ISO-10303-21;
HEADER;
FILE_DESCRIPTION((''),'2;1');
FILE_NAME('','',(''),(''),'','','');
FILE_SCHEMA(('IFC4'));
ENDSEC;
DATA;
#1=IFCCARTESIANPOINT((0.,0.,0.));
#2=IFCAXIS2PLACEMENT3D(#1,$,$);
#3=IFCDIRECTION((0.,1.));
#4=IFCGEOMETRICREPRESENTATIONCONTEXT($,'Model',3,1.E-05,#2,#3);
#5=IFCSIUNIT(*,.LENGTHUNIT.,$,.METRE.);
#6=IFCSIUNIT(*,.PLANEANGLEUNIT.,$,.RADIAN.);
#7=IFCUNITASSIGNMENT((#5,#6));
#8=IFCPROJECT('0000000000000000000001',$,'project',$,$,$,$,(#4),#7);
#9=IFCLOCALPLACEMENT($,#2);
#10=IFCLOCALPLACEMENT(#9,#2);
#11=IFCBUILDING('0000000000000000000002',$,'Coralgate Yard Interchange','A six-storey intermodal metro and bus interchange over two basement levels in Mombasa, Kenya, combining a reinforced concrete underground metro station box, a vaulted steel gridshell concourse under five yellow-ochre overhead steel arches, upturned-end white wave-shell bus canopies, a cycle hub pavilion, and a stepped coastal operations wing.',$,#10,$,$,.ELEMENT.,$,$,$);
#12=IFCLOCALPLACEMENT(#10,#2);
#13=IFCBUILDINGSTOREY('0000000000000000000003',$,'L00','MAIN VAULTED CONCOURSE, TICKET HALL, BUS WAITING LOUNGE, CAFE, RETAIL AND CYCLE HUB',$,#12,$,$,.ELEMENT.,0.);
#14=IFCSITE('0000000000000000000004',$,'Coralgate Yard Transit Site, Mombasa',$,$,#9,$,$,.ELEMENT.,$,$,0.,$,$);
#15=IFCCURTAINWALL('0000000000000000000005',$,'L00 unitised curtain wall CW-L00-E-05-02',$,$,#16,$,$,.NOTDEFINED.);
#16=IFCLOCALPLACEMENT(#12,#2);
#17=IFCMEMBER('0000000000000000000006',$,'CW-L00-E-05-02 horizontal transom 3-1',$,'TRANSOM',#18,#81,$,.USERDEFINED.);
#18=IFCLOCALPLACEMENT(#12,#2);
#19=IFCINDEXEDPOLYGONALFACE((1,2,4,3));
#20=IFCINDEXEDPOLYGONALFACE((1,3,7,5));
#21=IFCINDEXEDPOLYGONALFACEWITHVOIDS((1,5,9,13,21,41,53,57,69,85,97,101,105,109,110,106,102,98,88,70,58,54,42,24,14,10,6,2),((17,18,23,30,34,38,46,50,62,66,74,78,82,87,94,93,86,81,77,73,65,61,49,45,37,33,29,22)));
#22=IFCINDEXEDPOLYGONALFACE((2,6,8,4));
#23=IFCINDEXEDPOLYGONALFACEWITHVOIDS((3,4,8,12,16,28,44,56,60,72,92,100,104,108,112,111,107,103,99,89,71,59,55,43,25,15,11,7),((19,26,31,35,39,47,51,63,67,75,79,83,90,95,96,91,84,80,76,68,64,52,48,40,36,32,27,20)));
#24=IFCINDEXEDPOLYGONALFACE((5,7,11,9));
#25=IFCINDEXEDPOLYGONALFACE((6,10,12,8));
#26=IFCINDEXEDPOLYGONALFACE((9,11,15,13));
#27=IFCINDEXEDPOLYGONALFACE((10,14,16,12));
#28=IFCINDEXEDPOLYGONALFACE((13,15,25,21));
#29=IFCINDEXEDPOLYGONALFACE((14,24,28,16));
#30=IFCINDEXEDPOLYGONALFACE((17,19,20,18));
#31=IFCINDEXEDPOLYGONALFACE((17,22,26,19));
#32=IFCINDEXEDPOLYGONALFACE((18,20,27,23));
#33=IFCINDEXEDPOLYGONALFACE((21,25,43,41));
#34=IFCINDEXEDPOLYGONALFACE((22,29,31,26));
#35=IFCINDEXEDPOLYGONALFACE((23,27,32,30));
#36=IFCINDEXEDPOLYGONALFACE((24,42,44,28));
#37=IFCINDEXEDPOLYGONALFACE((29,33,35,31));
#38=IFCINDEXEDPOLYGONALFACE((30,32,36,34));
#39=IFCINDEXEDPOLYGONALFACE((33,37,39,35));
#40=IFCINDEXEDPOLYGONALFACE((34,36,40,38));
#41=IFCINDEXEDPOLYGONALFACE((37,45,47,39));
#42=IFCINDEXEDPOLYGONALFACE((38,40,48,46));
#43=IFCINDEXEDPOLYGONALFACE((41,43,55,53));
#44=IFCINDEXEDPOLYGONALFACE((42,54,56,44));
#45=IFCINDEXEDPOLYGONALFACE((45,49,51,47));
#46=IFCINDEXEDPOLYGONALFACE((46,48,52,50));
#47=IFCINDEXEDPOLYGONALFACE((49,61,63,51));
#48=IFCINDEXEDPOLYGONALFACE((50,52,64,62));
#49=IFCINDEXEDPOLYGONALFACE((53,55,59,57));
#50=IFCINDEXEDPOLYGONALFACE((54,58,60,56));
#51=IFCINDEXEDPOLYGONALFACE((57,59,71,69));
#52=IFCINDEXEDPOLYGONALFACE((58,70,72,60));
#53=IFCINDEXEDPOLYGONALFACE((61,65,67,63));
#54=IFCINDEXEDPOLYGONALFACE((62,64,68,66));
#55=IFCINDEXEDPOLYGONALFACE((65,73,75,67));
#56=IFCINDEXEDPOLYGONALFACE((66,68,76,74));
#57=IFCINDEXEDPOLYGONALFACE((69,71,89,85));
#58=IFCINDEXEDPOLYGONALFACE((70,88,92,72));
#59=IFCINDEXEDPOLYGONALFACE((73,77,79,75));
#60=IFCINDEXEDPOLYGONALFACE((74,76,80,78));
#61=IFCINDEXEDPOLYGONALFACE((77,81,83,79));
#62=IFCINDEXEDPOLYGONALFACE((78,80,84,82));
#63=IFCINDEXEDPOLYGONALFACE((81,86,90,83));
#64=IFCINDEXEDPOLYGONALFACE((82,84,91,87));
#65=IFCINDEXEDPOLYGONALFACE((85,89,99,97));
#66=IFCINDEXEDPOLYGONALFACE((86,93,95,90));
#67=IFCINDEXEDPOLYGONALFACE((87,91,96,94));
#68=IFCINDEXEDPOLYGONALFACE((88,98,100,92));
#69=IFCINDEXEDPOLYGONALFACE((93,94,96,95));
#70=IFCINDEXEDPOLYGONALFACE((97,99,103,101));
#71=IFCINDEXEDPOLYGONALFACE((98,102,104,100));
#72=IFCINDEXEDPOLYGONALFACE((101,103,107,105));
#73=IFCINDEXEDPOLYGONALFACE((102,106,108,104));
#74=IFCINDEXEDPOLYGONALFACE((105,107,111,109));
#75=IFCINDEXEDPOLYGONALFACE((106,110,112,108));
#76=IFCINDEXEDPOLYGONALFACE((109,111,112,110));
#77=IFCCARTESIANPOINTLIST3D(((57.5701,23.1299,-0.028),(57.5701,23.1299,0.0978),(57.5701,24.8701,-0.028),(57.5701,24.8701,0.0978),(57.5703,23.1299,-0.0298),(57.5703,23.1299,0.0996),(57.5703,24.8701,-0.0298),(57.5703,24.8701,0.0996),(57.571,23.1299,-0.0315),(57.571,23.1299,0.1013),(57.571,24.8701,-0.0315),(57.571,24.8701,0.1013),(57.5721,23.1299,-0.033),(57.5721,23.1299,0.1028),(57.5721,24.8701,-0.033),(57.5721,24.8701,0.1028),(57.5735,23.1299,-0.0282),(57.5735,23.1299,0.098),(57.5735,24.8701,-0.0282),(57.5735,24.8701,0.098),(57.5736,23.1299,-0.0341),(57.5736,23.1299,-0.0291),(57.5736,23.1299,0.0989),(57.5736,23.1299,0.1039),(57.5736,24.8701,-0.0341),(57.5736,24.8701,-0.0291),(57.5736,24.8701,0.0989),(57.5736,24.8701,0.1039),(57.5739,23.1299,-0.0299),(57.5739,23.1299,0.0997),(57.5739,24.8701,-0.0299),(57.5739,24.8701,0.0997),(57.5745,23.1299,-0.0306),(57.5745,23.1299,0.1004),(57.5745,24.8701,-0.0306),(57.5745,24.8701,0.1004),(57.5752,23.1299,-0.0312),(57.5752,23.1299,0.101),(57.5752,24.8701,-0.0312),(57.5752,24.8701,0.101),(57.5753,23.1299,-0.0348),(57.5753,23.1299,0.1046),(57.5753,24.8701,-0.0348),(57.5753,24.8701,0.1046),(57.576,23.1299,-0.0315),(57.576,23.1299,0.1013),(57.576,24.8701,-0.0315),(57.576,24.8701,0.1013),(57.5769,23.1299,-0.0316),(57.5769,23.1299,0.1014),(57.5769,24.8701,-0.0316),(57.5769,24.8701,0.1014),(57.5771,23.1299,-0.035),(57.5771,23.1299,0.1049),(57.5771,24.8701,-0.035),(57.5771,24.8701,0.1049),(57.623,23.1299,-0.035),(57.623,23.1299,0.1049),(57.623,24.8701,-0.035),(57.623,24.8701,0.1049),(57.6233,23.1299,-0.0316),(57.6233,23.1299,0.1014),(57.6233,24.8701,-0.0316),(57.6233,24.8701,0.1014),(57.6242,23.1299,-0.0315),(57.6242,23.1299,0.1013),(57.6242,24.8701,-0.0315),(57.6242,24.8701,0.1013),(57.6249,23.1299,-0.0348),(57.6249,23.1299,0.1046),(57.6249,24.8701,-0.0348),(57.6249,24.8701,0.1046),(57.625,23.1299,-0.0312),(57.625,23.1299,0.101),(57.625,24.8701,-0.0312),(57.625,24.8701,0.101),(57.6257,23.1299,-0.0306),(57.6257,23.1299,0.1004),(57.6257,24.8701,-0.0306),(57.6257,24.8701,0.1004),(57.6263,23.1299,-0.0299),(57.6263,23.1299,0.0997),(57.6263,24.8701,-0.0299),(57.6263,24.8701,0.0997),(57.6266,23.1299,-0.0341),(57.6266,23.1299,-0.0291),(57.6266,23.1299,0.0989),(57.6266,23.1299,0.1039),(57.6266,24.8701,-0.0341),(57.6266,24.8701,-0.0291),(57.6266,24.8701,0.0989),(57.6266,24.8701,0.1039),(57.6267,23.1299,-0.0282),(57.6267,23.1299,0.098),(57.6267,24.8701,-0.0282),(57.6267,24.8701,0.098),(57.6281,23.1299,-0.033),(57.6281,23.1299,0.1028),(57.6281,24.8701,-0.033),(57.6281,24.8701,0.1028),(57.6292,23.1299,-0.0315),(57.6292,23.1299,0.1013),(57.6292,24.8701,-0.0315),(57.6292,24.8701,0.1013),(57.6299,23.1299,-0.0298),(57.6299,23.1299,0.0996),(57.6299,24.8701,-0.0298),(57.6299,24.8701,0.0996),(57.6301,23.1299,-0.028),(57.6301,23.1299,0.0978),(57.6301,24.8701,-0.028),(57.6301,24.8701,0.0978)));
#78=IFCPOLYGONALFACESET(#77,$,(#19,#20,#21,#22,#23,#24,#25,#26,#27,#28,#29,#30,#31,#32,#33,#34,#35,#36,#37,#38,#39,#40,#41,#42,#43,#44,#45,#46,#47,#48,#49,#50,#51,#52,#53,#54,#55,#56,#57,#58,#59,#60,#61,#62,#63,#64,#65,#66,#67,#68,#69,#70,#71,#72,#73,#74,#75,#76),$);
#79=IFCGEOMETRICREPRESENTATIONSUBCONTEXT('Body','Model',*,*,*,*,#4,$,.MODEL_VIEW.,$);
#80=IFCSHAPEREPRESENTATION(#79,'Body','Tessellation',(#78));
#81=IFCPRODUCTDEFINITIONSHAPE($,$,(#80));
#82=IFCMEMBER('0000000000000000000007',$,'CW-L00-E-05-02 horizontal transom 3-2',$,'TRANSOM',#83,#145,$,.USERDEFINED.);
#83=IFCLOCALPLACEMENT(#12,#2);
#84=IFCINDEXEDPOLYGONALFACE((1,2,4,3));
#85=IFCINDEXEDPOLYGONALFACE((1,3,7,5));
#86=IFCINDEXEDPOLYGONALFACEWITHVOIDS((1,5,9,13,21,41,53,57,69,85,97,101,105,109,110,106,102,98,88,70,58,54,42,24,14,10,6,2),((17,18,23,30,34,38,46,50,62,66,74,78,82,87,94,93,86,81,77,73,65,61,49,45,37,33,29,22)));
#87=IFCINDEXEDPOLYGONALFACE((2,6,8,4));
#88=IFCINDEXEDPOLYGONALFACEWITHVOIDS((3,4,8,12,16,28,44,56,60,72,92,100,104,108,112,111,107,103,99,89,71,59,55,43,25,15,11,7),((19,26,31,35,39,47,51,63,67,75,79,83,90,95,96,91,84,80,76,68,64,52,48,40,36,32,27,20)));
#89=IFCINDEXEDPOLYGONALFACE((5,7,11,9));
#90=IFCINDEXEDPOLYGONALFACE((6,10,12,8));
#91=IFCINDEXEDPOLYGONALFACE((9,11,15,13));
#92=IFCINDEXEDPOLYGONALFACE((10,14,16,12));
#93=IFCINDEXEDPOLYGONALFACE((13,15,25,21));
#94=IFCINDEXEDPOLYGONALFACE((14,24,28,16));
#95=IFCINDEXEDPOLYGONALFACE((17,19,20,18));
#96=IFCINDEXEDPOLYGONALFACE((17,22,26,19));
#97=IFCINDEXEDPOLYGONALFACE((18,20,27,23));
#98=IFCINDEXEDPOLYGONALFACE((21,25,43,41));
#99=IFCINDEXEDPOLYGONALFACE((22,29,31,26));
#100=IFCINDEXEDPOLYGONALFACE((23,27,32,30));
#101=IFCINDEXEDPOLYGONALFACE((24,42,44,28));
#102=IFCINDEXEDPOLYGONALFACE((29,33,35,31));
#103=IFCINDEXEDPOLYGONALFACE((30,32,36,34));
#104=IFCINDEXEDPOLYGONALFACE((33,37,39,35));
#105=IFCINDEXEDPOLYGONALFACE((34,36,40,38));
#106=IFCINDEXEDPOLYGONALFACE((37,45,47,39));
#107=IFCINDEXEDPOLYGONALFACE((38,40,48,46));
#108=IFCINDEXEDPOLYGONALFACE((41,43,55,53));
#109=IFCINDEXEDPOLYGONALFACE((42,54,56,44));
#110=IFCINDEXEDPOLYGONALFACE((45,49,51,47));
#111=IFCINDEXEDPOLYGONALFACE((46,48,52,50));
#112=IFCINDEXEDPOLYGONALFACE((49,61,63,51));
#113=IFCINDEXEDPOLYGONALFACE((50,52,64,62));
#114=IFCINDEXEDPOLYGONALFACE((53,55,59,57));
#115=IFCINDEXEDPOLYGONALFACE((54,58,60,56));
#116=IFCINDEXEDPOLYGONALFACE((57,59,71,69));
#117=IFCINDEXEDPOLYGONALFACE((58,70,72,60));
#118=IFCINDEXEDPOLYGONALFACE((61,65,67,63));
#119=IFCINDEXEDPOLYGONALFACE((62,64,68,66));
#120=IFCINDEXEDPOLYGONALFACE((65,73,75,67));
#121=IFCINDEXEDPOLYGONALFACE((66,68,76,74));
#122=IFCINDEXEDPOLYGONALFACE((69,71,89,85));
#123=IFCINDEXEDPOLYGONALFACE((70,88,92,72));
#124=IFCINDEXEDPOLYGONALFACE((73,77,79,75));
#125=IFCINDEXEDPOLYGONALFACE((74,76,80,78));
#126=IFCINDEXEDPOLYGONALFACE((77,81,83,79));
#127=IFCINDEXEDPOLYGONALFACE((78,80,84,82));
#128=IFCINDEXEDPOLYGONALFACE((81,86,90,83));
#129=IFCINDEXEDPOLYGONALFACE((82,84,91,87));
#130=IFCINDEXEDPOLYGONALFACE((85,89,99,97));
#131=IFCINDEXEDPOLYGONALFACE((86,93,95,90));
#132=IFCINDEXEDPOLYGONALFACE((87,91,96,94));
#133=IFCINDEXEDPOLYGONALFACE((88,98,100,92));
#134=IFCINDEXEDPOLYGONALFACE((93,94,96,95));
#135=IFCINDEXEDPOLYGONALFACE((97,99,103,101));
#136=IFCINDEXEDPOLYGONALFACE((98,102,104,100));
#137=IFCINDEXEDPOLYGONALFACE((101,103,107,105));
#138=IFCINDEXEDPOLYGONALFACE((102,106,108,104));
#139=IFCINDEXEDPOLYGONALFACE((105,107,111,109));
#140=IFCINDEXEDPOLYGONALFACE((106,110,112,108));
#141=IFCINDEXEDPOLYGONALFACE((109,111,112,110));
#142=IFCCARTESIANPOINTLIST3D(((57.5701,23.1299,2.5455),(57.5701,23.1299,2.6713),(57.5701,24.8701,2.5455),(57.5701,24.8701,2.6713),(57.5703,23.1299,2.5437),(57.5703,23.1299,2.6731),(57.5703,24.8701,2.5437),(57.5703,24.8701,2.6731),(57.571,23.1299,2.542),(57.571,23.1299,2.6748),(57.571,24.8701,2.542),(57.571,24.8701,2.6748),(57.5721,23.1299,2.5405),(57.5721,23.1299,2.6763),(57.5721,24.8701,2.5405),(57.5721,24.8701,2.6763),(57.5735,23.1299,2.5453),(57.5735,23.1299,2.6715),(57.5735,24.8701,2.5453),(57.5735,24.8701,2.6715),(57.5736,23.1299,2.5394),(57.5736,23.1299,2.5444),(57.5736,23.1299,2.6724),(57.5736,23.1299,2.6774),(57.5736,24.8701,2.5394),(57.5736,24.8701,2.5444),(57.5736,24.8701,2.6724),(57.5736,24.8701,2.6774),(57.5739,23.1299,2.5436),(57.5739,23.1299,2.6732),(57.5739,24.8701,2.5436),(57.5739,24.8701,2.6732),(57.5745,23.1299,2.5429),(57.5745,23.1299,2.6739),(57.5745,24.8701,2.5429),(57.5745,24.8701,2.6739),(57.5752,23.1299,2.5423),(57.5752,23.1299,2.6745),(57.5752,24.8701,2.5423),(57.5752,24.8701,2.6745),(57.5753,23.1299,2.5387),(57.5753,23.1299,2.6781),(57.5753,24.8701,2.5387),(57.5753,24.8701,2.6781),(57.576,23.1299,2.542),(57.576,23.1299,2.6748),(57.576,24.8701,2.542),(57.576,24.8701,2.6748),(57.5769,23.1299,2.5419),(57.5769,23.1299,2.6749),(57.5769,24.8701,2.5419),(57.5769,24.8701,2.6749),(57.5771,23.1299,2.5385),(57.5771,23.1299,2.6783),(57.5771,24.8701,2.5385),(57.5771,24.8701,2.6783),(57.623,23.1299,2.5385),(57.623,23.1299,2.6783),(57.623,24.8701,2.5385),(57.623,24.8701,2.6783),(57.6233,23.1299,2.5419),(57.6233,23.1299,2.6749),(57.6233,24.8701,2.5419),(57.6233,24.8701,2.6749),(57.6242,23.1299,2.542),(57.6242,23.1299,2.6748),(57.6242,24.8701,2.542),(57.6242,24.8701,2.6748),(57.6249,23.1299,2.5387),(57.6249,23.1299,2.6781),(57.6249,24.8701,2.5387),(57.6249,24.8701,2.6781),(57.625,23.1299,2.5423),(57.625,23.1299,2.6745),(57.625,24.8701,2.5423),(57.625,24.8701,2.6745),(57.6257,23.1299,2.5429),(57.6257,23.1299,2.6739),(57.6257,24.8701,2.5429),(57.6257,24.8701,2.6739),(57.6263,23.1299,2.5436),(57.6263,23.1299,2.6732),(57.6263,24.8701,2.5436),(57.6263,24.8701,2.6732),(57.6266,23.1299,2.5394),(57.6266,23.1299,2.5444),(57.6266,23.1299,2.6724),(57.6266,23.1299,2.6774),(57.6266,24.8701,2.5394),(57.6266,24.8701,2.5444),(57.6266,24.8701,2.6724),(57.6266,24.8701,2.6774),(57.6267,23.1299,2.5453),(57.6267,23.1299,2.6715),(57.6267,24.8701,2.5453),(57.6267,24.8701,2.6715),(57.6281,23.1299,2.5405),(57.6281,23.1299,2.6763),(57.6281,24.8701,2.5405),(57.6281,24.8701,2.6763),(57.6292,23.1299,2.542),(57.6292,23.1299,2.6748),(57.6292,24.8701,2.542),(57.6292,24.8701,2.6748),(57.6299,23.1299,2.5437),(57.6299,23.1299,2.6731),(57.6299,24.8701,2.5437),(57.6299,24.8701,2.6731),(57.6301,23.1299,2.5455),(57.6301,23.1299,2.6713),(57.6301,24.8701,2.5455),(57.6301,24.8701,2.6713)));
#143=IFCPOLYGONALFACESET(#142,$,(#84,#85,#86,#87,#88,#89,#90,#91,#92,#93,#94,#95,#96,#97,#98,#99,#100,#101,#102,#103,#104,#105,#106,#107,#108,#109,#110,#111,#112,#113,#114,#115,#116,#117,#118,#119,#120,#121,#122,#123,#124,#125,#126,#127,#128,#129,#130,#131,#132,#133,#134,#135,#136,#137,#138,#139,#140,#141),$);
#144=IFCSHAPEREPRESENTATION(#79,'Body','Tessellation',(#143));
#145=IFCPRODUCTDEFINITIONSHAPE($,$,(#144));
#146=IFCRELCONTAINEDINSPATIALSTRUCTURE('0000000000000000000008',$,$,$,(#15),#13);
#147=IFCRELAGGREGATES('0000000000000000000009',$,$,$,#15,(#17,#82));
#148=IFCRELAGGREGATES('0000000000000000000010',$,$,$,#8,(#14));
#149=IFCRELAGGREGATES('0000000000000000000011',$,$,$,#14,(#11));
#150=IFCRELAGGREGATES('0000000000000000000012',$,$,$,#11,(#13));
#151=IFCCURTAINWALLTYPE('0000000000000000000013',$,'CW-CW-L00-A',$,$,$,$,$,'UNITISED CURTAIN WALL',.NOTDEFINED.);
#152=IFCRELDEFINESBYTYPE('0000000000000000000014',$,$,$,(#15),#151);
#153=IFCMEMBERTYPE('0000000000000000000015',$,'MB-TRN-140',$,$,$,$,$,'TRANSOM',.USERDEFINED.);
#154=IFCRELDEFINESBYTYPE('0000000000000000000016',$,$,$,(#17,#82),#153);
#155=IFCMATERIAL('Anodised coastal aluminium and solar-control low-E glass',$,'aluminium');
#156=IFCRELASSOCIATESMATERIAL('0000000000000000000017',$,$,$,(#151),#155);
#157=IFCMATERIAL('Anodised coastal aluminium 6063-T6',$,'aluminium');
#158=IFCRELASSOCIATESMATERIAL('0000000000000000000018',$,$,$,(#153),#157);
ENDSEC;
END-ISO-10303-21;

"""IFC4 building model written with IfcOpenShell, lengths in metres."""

from ifc_helpers import new_model, si_unit, direction, frame, origin, origin_2d, place, context, subcontext, project, spatial, hollow_rectangle, extrude, material, material_profile, profile_set, type_object, element, aggregate, save


model = new_model("IFC4")

# Units and contexts
model_context = context("Model", 3, precision=1e-05, world=origin(), true_north=direction((0.0, 1.0)))
body_context = subcontext(model_context, "Body", "Model", "MODEL_VIEW")
ifc_project = project(units=[si_unit("LENGTHUNIT", "METRE"), si_unit("PLANEANGLEUNIT", "RADIAN")], contexts=[model_context])

# Site, building, storey
site_placement = place(None, origin())
site = spatial("IfcSite", under=ifc_project, at=site_placement, Name="Coralgate Yard Transit Site, Mombasa", CompositionType="ELEMENT", RefElevation=0.0)
building_placement = place(site_placement, origin())
building = spatial("IfcBuilding", under=site, at=building_placement, Name="Coralgate Yard Interchange", Description="A six-storey intermodal metro and bus interchange over two basement levels in Mombasa, Kenya, combining a reinforced concrete underground metro station box, a vaulted steel gridshell concourse under five yellow-ochre overhead steel arches, upturned-end white wave-shell bus canopies, a cycle hub pavilion, and a stepped coastal operations wing.", CompositionType="ELEMENT")
storey_placement = place(building_placement, origin())
storey = spatial("IfcBuildingStorey", under=building, at=storey_placement, Name="L00", Description="MAIN VAULTED CONCOURSE, TICKET HALL, BUS WAITING LOUNGE, CAFE, RETAIL AND CYCLE HUB", CompositionType="ELEMENT", Elevation=0.0)

# Shared definitions
ifc_material_1 = material(Name="Anodised coastal aluminium and solar-control low-E glass", Category="aluminium")
ifc_material_2 = material(Name="Anodised coastal aluminium 6063-T6", Category="aluminium")

# Curtain wall, members
curtain_wall_type_1 = type_object("IfcCurtainWallType", Name="CW-CW-L00-A", ElementType="UNITISED CURTAIN WALL", PredefinedType="NOTDEFINED", material=ifc_material_1)
curtain_wall_1_placement = place(storey_placement, origin())
curtain_wall_1 = element("IfcCurtainWall", 1, at=curtain_wall_1_placement, inside=storey, type_object=curtain_wall_type_1, Name="L00 unitised curtain wall CW-L00-E-05-02", PredefinedType="NOTDEFINED")
ifc_material_profile_1 = material_profile(ifc_material_2, hollow_rectangle(XDim=0.0601, YDim=0.1399, WallThickness=0.0034, InnerFilletRadius=0.0034, OuterFilletRadius=0.0071, at=origin_2d()), Name="ALU 60x140x3.5")
ifc_profile_set_1 = profile_set([ifc_material_profile_1], Name="Anodised coastal aluminium 6063-T6")
member_type_1 = type_object("IfcMemberType", Name="MB-TRN-140", ElementType="TRANSOM", PredefinedType="USERDEFINED", material=ifc_profile_set_1)
member_1_placement = place(storey_placement, frame((57.6001, 24.8701, 0.0349), z_axis=(0.0, -1.0, 0.0), x_axis=(1.0, 0.0, 0.0)))
member_1 = element("IfcMember", 2, at=member_1_placement, type_object=member_type_1, Name="CW-L00-E-05-02 horizontal transom 3-1", ObjectType="TRANSOM", PredefinedType="USERDEFINED", context=body_context, shape_type="SweptSolid", body=[
    extrude(hollow_rectangle(XDim=0.0601, YDim=0.1399, WallThickness=0.0034, InnerFilletRadius=0.0034, OuterFilletRadius=0.0071, at=origin_2d()), origin(), (0.0, 0.0, 1.0), 1.7402),
])
member_2_placement = place(storey_placement, frame((57.6001, 24.8701, 2.6084), z_axis=(0.0, -1.0, 0.0), x_axis=(1.0, 0.0, 0.0)))
member_2 = element("IfcMember", 3, at=member_2_placement, type_object=member_type_1, Name="CW-L00-E-05-02 horizontal transom 3-2", ObjectType="TRANSOM", PredefinedType="USERDEFINED", context=body_context, shape_type="SweptSolid", body=[
    extrude(hollow_rectangle(XDim=0.0601, YDim=0.1399, WallThickness=0.0034, InnerFilletRadius=0.0034, OuterFilletRadius=0.0071, at=origin_2d()), origin(), (0.0, 0.0, 1.0), 1.7402),
])
aggregate(curtain_wall_1, [member_1, member_2])

save(model, "model.ifc")
